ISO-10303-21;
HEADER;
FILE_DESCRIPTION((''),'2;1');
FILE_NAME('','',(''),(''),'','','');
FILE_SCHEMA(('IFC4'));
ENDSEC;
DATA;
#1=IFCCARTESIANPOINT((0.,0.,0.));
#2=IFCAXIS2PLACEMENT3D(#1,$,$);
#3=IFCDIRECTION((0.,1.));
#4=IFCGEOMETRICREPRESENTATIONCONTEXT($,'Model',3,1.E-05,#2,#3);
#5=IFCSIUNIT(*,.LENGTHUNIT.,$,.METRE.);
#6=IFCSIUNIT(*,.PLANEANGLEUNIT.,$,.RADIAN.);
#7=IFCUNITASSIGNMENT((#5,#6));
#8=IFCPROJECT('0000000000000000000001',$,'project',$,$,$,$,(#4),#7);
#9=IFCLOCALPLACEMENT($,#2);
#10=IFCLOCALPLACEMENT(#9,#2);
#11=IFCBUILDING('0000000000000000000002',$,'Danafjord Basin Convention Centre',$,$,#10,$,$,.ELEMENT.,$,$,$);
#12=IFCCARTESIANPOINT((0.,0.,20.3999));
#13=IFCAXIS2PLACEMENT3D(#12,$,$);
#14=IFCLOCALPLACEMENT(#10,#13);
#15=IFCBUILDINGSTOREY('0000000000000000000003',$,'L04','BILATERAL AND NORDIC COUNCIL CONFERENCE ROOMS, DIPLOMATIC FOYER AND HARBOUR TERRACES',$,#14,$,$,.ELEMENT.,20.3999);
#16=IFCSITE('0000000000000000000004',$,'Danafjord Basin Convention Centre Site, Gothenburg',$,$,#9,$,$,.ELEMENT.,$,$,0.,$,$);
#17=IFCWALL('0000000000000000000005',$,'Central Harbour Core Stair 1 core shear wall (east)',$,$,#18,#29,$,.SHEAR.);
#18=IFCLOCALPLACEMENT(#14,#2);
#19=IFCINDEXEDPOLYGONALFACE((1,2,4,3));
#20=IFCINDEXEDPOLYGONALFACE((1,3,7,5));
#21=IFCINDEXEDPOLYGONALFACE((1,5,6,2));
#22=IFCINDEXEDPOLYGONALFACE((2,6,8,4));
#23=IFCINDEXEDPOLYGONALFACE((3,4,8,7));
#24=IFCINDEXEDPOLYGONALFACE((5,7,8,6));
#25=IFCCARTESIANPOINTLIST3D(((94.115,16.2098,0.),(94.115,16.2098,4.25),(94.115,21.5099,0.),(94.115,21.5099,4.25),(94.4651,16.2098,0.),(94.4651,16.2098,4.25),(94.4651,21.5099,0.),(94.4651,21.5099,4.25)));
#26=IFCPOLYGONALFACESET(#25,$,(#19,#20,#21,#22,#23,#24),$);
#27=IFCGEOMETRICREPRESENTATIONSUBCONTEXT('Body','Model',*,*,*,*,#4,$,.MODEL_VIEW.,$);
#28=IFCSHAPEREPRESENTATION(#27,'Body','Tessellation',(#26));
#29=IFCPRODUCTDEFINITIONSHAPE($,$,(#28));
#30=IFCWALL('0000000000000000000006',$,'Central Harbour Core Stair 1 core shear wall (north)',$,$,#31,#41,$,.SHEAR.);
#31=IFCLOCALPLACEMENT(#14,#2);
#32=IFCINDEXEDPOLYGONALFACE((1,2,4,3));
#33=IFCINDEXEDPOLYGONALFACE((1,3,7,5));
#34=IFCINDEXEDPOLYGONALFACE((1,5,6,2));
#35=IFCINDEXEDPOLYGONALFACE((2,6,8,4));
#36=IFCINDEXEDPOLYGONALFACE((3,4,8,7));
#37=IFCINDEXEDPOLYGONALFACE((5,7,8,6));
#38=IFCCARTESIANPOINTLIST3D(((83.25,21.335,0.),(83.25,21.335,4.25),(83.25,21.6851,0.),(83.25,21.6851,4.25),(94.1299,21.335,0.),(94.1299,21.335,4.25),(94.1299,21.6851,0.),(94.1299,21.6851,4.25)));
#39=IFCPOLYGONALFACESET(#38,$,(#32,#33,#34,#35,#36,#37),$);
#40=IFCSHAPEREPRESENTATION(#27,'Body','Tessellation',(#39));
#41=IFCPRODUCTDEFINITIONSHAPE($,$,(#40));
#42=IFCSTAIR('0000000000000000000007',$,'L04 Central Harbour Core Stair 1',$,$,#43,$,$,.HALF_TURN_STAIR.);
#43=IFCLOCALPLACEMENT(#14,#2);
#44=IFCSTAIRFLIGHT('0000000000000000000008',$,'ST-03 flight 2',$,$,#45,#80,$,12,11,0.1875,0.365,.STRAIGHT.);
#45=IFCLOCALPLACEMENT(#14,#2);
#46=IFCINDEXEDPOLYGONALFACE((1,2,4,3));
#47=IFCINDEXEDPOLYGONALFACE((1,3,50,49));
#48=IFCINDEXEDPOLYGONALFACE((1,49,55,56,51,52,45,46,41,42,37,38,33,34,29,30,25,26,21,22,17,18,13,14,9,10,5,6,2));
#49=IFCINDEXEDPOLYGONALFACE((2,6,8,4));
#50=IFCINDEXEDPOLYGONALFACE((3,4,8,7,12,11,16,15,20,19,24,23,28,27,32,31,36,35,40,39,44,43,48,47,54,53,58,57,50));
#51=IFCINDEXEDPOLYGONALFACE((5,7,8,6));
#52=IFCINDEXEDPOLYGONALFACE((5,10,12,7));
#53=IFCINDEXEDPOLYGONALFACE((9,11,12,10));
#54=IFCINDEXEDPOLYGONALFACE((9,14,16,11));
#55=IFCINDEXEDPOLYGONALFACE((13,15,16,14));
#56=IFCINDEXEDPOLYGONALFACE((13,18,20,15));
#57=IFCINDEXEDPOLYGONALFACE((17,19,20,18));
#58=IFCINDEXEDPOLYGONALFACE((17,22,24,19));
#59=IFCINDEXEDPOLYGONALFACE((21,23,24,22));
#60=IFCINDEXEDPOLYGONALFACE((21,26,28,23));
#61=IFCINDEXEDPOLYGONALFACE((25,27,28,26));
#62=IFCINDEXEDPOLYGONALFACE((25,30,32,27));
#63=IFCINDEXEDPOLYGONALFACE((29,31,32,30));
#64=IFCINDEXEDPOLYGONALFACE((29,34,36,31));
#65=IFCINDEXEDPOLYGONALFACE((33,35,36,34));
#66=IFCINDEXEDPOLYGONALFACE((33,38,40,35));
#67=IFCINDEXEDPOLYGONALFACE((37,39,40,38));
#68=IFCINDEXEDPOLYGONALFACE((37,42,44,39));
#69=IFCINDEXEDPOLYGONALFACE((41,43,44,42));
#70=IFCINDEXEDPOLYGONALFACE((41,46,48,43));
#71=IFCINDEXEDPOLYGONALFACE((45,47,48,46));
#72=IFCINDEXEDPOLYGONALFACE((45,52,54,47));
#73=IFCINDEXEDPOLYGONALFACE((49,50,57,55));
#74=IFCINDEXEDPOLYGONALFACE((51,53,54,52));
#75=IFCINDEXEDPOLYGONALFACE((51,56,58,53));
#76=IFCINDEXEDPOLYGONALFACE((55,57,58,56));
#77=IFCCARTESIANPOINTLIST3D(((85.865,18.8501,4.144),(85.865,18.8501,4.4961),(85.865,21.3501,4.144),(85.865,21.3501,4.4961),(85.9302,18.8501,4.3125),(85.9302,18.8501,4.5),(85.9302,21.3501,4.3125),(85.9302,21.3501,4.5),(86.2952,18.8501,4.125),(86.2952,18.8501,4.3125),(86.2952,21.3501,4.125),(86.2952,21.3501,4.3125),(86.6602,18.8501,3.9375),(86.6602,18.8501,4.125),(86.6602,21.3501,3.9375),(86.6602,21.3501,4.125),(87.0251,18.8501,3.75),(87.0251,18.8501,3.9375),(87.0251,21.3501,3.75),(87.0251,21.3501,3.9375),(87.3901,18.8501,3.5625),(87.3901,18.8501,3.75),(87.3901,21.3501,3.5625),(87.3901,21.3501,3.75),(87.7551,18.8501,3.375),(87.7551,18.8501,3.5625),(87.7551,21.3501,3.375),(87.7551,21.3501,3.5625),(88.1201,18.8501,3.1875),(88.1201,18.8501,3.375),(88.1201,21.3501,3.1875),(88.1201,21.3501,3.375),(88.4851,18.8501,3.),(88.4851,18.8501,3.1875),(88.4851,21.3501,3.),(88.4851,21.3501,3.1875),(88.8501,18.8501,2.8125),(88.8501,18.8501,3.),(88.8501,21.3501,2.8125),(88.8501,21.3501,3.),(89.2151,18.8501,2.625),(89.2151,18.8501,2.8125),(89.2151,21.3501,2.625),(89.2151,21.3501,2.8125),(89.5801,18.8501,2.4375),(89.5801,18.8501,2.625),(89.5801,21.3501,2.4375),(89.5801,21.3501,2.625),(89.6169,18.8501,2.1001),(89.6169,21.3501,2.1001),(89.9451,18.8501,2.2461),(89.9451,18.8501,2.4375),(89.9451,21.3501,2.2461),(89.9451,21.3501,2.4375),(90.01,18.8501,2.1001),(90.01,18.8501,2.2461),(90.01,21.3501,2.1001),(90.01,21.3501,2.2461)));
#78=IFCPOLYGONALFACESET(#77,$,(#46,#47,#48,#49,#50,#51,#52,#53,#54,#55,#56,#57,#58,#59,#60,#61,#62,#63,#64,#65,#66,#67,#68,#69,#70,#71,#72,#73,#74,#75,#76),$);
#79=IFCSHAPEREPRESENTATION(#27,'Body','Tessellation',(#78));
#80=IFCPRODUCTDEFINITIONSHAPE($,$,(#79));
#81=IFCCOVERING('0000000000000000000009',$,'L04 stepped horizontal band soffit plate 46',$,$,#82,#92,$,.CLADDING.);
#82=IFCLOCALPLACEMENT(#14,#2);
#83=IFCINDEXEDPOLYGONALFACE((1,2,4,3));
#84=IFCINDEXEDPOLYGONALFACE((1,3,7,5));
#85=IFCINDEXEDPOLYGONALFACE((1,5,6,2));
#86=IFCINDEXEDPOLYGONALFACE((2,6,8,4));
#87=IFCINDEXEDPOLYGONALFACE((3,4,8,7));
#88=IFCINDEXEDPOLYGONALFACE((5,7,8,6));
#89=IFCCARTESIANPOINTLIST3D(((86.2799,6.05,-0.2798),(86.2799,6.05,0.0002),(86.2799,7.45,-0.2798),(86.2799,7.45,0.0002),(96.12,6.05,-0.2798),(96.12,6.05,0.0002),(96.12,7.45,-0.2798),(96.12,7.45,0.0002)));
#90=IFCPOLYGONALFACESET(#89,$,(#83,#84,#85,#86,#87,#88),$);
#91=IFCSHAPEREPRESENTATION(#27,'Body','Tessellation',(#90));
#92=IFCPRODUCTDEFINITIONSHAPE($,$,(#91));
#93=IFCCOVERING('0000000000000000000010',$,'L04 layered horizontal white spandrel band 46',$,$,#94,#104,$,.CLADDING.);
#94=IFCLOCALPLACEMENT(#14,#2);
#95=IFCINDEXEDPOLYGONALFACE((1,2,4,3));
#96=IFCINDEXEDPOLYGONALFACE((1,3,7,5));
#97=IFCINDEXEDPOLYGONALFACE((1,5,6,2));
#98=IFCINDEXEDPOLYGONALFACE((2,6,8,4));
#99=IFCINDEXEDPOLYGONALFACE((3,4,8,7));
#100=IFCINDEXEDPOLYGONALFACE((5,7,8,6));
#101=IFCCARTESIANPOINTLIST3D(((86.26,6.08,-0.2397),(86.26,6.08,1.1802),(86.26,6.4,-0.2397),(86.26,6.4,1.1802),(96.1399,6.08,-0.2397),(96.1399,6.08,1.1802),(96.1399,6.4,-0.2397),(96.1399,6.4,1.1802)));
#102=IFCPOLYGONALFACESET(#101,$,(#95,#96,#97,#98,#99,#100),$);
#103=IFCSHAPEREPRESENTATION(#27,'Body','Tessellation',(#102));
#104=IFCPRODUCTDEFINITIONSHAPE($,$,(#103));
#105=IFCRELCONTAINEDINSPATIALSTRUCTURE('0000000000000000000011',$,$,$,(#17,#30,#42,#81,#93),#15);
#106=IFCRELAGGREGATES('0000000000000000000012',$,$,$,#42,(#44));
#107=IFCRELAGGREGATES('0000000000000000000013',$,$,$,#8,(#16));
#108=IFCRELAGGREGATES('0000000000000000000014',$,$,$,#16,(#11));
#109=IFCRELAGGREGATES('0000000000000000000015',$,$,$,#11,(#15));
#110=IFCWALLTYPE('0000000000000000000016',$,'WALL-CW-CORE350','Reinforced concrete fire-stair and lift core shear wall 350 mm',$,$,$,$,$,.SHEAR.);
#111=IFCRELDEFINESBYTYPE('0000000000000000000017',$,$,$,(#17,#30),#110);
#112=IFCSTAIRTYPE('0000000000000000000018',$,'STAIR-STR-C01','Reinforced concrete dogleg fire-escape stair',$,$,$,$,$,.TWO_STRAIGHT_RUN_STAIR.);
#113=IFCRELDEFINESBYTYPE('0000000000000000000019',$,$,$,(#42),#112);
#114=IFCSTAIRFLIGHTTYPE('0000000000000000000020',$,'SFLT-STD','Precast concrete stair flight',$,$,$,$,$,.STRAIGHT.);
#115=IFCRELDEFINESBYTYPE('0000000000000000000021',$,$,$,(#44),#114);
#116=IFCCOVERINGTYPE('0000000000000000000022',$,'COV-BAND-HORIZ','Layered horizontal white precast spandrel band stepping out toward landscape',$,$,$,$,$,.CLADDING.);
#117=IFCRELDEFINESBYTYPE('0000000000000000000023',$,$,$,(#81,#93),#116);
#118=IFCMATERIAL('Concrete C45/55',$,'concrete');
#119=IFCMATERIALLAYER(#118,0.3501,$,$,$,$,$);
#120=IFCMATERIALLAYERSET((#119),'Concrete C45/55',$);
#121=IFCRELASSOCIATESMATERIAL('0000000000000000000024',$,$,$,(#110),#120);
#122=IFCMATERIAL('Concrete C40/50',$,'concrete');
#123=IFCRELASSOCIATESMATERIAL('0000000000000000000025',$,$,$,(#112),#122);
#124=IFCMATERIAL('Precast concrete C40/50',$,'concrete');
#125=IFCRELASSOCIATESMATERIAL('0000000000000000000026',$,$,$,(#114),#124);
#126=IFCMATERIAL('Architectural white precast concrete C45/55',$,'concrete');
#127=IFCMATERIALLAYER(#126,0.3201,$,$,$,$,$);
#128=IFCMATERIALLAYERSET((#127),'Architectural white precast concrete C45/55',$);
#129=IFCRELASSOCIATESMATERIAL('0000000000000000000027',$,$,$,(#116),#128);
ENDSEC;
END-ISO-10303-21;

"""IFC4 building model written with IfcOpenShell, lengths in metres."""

from ifc_helpers import new_model, si_unit, direction, frame, frame_2d, origin, origin_2d, place, context, subcontext, project, spatial, polyline, rectangle, outline, extrude, material, layer, layer_set, type_object, element, aggregate, save


model = new_model("IFC4")

# Units and contexts
model_context = context("Model", 3, precision=1e-05, world=origin(), true_north=direction((0.0, 1.0)))
body_context = subcontext(model_context, "Body", "Model", "MODEL_VIEW")
ifc_project = project(units=[si_unit("LENGTHUNIT", "METRE"), si_unit("PLANEANGLEUNIT", "RADIAN")], contexts=[model_context])

# Site, building, storey
site_placement = place(None, origin())
site = spatial("IfcSite", under=ifc_project, at=site_placement, Name="Danafjord Basin Convention Centre Site, Gothenburg", CompositionType="ELEMENT", RefElevation=0.0)
building_placement = place(site_placement, origin())
building = spatial("IfcBuilding", under=site, at=building_placement, Name="Danafjord Basin Convention Centre", CompositionType="ELEMENT")
storey_placement = place(building_placement, frame((0.0, 0.0, 20.3999)))
storey = spatial("IfcBuildingStorey", under=building, at=storey_placement, Name="L04", Description="BILATERAL AND NORDIC COUNCIL CONFERENCE ROOMS, DIPLOMATIC FOYER AND HARBOUR TERRACES", CompositionType="ELEMENT", Elevation=20.3999)

# Shared definitions
ifc_material_1 = material(Name="Concrete C40/50", Category="concrete")

# Walls
ifc_material_2 = material(Name="Concrete C45/55", Category="concrete")
ifc_layer_1 = layer(ifc_material_2, 0.3501)
ifc_layer_set_1 = layer_set([ifc_layer_1], Name="Concrete C45/55")
wall_type_1 = type_object("IfcWallType", Name="WALL-CW-CORE350", Description="Reinforced concrete fire-stair and lift core shear wall 350 mm", PredefinedType="SHEAR", material=ifc_layer_set_1)
wall_1_placement = place(storey_placement, frame((94.29, 16.21, 0.0), z_axis=(0.0, 0.0, 1.0), x_axis=(0.0, 1.0, 0.0)))
element("IfcWall", 1, at=wall_1_placement, inside=storey, type_object=wall_type_1, Name="Central Harbour Core Stair 1 core shear wall (east)", PredefinedType="SHEAR", context=body_context, shape_type="SweptSolid", body=[
    extrude(rectangle(XDim=5.3, YDim=0.3501, at=frame_2d((2.6499, 0.0))), origin(), (0.0, 0.0, 1.0), 4.25),
])
wall_2_placement = place(storey_placement, frame((94.1299, 21.51, 0.0), z_axis=(0.0, 0.0, 1.0), x_axis=(-1.0, 0.0, 0.0)))
element("IfcWall", 2, at=wall_2_placement, inside=storey, type_object=wall_type_1, Name="Central Harbour Core Stair 1 core shear wall (north)", PredefinedType="SHEAR", context=body_context, shape_type="SweptSolid", body=[
    extrude(rectangle(XDim=10.8799, YDim=0.3501, at=frame_2d((5.4399, 0.0))), origin(), (0.0, 0.0, 1.0), 4.25),
])

# Stair, stair flight
stair_type = type_object("IfcStairType", Name="STAIR-STR-C01", Description="Reinforced concrete dogleg fire-escape stair", PredefinedType="TWO_STRAIGHT_RUN_STAIR", material=ifc_material_1)
stair_placement = place(storey_placement, origin())
stair = element("IfcStair", 3, at=stair_placement, inside=storey, type_object=stair_type, Name="L04 Central Harbour Core Stair 1", PredefinedType="HALF_TURN_STAIR")
ifc_material_3 = material(Name="Precast concrete C40/50", Category="concrete")
stair_flight_type = type_object("IfcStairFlightType", Name="SFLT-STD", Description="Precast concrete stair flight", PredefinedType="STRAIGHT", material=ifc_material_3)
stair_flight_placement = place(storey_placement, frame((89.9451, 20.1001, 2.25), z_axis=(0.0, 0.0, 1.0), x_axis=(-1.0, 0.0, 0.0)))
stair_flight = element("IfcStairFlight", 4, at=stair_flight_placement, type_object=stair_flight_type, Name="ST-03 flight 2", NumberOfRisers=12, NumberOfTreads=11, PredefinedType="STRAIGHT", RiserHeight=0.1875, TreadLength=0.365, context=body_context, shape_type="SweptSolid", body=[
    extrude(outline(polyline([(-0.0649, -0.1499), (-0.0649, -0.0039), (0.0, -0.0039), (0.0, 0.1875), (0.365, 0.1875), (0.365, 0.375), (0.73, 0.375), (0.73, 0.5625), (1.095, 0.5625), (1.095, 0.75), (1.46, 0.75), (1.46, 0.9375), (1.825, 0.9375), (1.825, 1.125), (2.1899, 1.125), (2.1899, 1.3125), (2.5549, 1.3125), (2.5549, 1.5), (2.9199, 1.5), (2.9199, 1.6875), (3.2849, 1.6875), (3.2849, 1.875), (3.6499, 1.875), (3.6499, 2.0625), (4.0149, 2.0625), (4.0149, 2.25), (4.0801, 2.2461), (4.0801, 1.894), (0.3281, -0.1499), (-0.0649, -0.1499)])), frame((0.0, 1.25, 0.0), z_axis=(0.0, -1.0, 0.0), x_axis=(1.0, 0.0, 0.0)), (0.0, 0.0, 1.0), 2.5),
])
aggregate(stair, [stair_flight])

# Coverings
ifc_material_4 = material(Name="Architectural white precast concrete C45/55", Category="concrete")
ifc_layer_2 = layer(ifc_material_4, 0.3201)
ifc_layer_set_2 = layer_set([ifc_layer_2], Name="Architectural white precast concrete C45/55")
covering_type = type_object("IfcCoveringType", Name="COV-BAND-HORIZ", Description="Layered horizontal white precast spandrel band stepping out toward landscape", PredefinedType="CLADDING", material=ifc_layer_set_2)
covering_1_placement = place(storey_placement, frame((91.2, 6.75, -0.2798), z_axis=(0.0, 0.0, 1.0), x_axis=(1.0, 0.0, 0.0)))
element("IfcCovering", 5, at=covering_1_placement, inside=storey, type_object=covering_type, Name="L04 stepped horizontal band soffit plate 46", PredefinedType="CLADDING", context=body_context, shape_type="SweptSolid", body=[
    extrude(rectangle(XDim=9.8401, YDim=1.3999, at=origin_2d()), origin(), (0.0, 0.0, 1.0), 0.28),
])
covering_2_placement = place(storey_placement, frame((91.2, 6.24, -0.2397), z_axis=(0.0, 0.0, 1.0), x_axis=(1.0, 0.0, 0.0)))
element("IfcCovering", 6, at=covering_2_placement, inside=storey, type_object=covering_type, Name="L04 layered horizontal white spandrel band 46", PredefinedType="CLADDING", context=body_context, shape_type="SweptSolid", body=[
    extrude(rectangle(XDim=9.8799, YDim=0.3201, at=origin_2d()), origin(), (0.0, 0.0, 1.0), 1.4199),
])

save(model, "model.ifc")
